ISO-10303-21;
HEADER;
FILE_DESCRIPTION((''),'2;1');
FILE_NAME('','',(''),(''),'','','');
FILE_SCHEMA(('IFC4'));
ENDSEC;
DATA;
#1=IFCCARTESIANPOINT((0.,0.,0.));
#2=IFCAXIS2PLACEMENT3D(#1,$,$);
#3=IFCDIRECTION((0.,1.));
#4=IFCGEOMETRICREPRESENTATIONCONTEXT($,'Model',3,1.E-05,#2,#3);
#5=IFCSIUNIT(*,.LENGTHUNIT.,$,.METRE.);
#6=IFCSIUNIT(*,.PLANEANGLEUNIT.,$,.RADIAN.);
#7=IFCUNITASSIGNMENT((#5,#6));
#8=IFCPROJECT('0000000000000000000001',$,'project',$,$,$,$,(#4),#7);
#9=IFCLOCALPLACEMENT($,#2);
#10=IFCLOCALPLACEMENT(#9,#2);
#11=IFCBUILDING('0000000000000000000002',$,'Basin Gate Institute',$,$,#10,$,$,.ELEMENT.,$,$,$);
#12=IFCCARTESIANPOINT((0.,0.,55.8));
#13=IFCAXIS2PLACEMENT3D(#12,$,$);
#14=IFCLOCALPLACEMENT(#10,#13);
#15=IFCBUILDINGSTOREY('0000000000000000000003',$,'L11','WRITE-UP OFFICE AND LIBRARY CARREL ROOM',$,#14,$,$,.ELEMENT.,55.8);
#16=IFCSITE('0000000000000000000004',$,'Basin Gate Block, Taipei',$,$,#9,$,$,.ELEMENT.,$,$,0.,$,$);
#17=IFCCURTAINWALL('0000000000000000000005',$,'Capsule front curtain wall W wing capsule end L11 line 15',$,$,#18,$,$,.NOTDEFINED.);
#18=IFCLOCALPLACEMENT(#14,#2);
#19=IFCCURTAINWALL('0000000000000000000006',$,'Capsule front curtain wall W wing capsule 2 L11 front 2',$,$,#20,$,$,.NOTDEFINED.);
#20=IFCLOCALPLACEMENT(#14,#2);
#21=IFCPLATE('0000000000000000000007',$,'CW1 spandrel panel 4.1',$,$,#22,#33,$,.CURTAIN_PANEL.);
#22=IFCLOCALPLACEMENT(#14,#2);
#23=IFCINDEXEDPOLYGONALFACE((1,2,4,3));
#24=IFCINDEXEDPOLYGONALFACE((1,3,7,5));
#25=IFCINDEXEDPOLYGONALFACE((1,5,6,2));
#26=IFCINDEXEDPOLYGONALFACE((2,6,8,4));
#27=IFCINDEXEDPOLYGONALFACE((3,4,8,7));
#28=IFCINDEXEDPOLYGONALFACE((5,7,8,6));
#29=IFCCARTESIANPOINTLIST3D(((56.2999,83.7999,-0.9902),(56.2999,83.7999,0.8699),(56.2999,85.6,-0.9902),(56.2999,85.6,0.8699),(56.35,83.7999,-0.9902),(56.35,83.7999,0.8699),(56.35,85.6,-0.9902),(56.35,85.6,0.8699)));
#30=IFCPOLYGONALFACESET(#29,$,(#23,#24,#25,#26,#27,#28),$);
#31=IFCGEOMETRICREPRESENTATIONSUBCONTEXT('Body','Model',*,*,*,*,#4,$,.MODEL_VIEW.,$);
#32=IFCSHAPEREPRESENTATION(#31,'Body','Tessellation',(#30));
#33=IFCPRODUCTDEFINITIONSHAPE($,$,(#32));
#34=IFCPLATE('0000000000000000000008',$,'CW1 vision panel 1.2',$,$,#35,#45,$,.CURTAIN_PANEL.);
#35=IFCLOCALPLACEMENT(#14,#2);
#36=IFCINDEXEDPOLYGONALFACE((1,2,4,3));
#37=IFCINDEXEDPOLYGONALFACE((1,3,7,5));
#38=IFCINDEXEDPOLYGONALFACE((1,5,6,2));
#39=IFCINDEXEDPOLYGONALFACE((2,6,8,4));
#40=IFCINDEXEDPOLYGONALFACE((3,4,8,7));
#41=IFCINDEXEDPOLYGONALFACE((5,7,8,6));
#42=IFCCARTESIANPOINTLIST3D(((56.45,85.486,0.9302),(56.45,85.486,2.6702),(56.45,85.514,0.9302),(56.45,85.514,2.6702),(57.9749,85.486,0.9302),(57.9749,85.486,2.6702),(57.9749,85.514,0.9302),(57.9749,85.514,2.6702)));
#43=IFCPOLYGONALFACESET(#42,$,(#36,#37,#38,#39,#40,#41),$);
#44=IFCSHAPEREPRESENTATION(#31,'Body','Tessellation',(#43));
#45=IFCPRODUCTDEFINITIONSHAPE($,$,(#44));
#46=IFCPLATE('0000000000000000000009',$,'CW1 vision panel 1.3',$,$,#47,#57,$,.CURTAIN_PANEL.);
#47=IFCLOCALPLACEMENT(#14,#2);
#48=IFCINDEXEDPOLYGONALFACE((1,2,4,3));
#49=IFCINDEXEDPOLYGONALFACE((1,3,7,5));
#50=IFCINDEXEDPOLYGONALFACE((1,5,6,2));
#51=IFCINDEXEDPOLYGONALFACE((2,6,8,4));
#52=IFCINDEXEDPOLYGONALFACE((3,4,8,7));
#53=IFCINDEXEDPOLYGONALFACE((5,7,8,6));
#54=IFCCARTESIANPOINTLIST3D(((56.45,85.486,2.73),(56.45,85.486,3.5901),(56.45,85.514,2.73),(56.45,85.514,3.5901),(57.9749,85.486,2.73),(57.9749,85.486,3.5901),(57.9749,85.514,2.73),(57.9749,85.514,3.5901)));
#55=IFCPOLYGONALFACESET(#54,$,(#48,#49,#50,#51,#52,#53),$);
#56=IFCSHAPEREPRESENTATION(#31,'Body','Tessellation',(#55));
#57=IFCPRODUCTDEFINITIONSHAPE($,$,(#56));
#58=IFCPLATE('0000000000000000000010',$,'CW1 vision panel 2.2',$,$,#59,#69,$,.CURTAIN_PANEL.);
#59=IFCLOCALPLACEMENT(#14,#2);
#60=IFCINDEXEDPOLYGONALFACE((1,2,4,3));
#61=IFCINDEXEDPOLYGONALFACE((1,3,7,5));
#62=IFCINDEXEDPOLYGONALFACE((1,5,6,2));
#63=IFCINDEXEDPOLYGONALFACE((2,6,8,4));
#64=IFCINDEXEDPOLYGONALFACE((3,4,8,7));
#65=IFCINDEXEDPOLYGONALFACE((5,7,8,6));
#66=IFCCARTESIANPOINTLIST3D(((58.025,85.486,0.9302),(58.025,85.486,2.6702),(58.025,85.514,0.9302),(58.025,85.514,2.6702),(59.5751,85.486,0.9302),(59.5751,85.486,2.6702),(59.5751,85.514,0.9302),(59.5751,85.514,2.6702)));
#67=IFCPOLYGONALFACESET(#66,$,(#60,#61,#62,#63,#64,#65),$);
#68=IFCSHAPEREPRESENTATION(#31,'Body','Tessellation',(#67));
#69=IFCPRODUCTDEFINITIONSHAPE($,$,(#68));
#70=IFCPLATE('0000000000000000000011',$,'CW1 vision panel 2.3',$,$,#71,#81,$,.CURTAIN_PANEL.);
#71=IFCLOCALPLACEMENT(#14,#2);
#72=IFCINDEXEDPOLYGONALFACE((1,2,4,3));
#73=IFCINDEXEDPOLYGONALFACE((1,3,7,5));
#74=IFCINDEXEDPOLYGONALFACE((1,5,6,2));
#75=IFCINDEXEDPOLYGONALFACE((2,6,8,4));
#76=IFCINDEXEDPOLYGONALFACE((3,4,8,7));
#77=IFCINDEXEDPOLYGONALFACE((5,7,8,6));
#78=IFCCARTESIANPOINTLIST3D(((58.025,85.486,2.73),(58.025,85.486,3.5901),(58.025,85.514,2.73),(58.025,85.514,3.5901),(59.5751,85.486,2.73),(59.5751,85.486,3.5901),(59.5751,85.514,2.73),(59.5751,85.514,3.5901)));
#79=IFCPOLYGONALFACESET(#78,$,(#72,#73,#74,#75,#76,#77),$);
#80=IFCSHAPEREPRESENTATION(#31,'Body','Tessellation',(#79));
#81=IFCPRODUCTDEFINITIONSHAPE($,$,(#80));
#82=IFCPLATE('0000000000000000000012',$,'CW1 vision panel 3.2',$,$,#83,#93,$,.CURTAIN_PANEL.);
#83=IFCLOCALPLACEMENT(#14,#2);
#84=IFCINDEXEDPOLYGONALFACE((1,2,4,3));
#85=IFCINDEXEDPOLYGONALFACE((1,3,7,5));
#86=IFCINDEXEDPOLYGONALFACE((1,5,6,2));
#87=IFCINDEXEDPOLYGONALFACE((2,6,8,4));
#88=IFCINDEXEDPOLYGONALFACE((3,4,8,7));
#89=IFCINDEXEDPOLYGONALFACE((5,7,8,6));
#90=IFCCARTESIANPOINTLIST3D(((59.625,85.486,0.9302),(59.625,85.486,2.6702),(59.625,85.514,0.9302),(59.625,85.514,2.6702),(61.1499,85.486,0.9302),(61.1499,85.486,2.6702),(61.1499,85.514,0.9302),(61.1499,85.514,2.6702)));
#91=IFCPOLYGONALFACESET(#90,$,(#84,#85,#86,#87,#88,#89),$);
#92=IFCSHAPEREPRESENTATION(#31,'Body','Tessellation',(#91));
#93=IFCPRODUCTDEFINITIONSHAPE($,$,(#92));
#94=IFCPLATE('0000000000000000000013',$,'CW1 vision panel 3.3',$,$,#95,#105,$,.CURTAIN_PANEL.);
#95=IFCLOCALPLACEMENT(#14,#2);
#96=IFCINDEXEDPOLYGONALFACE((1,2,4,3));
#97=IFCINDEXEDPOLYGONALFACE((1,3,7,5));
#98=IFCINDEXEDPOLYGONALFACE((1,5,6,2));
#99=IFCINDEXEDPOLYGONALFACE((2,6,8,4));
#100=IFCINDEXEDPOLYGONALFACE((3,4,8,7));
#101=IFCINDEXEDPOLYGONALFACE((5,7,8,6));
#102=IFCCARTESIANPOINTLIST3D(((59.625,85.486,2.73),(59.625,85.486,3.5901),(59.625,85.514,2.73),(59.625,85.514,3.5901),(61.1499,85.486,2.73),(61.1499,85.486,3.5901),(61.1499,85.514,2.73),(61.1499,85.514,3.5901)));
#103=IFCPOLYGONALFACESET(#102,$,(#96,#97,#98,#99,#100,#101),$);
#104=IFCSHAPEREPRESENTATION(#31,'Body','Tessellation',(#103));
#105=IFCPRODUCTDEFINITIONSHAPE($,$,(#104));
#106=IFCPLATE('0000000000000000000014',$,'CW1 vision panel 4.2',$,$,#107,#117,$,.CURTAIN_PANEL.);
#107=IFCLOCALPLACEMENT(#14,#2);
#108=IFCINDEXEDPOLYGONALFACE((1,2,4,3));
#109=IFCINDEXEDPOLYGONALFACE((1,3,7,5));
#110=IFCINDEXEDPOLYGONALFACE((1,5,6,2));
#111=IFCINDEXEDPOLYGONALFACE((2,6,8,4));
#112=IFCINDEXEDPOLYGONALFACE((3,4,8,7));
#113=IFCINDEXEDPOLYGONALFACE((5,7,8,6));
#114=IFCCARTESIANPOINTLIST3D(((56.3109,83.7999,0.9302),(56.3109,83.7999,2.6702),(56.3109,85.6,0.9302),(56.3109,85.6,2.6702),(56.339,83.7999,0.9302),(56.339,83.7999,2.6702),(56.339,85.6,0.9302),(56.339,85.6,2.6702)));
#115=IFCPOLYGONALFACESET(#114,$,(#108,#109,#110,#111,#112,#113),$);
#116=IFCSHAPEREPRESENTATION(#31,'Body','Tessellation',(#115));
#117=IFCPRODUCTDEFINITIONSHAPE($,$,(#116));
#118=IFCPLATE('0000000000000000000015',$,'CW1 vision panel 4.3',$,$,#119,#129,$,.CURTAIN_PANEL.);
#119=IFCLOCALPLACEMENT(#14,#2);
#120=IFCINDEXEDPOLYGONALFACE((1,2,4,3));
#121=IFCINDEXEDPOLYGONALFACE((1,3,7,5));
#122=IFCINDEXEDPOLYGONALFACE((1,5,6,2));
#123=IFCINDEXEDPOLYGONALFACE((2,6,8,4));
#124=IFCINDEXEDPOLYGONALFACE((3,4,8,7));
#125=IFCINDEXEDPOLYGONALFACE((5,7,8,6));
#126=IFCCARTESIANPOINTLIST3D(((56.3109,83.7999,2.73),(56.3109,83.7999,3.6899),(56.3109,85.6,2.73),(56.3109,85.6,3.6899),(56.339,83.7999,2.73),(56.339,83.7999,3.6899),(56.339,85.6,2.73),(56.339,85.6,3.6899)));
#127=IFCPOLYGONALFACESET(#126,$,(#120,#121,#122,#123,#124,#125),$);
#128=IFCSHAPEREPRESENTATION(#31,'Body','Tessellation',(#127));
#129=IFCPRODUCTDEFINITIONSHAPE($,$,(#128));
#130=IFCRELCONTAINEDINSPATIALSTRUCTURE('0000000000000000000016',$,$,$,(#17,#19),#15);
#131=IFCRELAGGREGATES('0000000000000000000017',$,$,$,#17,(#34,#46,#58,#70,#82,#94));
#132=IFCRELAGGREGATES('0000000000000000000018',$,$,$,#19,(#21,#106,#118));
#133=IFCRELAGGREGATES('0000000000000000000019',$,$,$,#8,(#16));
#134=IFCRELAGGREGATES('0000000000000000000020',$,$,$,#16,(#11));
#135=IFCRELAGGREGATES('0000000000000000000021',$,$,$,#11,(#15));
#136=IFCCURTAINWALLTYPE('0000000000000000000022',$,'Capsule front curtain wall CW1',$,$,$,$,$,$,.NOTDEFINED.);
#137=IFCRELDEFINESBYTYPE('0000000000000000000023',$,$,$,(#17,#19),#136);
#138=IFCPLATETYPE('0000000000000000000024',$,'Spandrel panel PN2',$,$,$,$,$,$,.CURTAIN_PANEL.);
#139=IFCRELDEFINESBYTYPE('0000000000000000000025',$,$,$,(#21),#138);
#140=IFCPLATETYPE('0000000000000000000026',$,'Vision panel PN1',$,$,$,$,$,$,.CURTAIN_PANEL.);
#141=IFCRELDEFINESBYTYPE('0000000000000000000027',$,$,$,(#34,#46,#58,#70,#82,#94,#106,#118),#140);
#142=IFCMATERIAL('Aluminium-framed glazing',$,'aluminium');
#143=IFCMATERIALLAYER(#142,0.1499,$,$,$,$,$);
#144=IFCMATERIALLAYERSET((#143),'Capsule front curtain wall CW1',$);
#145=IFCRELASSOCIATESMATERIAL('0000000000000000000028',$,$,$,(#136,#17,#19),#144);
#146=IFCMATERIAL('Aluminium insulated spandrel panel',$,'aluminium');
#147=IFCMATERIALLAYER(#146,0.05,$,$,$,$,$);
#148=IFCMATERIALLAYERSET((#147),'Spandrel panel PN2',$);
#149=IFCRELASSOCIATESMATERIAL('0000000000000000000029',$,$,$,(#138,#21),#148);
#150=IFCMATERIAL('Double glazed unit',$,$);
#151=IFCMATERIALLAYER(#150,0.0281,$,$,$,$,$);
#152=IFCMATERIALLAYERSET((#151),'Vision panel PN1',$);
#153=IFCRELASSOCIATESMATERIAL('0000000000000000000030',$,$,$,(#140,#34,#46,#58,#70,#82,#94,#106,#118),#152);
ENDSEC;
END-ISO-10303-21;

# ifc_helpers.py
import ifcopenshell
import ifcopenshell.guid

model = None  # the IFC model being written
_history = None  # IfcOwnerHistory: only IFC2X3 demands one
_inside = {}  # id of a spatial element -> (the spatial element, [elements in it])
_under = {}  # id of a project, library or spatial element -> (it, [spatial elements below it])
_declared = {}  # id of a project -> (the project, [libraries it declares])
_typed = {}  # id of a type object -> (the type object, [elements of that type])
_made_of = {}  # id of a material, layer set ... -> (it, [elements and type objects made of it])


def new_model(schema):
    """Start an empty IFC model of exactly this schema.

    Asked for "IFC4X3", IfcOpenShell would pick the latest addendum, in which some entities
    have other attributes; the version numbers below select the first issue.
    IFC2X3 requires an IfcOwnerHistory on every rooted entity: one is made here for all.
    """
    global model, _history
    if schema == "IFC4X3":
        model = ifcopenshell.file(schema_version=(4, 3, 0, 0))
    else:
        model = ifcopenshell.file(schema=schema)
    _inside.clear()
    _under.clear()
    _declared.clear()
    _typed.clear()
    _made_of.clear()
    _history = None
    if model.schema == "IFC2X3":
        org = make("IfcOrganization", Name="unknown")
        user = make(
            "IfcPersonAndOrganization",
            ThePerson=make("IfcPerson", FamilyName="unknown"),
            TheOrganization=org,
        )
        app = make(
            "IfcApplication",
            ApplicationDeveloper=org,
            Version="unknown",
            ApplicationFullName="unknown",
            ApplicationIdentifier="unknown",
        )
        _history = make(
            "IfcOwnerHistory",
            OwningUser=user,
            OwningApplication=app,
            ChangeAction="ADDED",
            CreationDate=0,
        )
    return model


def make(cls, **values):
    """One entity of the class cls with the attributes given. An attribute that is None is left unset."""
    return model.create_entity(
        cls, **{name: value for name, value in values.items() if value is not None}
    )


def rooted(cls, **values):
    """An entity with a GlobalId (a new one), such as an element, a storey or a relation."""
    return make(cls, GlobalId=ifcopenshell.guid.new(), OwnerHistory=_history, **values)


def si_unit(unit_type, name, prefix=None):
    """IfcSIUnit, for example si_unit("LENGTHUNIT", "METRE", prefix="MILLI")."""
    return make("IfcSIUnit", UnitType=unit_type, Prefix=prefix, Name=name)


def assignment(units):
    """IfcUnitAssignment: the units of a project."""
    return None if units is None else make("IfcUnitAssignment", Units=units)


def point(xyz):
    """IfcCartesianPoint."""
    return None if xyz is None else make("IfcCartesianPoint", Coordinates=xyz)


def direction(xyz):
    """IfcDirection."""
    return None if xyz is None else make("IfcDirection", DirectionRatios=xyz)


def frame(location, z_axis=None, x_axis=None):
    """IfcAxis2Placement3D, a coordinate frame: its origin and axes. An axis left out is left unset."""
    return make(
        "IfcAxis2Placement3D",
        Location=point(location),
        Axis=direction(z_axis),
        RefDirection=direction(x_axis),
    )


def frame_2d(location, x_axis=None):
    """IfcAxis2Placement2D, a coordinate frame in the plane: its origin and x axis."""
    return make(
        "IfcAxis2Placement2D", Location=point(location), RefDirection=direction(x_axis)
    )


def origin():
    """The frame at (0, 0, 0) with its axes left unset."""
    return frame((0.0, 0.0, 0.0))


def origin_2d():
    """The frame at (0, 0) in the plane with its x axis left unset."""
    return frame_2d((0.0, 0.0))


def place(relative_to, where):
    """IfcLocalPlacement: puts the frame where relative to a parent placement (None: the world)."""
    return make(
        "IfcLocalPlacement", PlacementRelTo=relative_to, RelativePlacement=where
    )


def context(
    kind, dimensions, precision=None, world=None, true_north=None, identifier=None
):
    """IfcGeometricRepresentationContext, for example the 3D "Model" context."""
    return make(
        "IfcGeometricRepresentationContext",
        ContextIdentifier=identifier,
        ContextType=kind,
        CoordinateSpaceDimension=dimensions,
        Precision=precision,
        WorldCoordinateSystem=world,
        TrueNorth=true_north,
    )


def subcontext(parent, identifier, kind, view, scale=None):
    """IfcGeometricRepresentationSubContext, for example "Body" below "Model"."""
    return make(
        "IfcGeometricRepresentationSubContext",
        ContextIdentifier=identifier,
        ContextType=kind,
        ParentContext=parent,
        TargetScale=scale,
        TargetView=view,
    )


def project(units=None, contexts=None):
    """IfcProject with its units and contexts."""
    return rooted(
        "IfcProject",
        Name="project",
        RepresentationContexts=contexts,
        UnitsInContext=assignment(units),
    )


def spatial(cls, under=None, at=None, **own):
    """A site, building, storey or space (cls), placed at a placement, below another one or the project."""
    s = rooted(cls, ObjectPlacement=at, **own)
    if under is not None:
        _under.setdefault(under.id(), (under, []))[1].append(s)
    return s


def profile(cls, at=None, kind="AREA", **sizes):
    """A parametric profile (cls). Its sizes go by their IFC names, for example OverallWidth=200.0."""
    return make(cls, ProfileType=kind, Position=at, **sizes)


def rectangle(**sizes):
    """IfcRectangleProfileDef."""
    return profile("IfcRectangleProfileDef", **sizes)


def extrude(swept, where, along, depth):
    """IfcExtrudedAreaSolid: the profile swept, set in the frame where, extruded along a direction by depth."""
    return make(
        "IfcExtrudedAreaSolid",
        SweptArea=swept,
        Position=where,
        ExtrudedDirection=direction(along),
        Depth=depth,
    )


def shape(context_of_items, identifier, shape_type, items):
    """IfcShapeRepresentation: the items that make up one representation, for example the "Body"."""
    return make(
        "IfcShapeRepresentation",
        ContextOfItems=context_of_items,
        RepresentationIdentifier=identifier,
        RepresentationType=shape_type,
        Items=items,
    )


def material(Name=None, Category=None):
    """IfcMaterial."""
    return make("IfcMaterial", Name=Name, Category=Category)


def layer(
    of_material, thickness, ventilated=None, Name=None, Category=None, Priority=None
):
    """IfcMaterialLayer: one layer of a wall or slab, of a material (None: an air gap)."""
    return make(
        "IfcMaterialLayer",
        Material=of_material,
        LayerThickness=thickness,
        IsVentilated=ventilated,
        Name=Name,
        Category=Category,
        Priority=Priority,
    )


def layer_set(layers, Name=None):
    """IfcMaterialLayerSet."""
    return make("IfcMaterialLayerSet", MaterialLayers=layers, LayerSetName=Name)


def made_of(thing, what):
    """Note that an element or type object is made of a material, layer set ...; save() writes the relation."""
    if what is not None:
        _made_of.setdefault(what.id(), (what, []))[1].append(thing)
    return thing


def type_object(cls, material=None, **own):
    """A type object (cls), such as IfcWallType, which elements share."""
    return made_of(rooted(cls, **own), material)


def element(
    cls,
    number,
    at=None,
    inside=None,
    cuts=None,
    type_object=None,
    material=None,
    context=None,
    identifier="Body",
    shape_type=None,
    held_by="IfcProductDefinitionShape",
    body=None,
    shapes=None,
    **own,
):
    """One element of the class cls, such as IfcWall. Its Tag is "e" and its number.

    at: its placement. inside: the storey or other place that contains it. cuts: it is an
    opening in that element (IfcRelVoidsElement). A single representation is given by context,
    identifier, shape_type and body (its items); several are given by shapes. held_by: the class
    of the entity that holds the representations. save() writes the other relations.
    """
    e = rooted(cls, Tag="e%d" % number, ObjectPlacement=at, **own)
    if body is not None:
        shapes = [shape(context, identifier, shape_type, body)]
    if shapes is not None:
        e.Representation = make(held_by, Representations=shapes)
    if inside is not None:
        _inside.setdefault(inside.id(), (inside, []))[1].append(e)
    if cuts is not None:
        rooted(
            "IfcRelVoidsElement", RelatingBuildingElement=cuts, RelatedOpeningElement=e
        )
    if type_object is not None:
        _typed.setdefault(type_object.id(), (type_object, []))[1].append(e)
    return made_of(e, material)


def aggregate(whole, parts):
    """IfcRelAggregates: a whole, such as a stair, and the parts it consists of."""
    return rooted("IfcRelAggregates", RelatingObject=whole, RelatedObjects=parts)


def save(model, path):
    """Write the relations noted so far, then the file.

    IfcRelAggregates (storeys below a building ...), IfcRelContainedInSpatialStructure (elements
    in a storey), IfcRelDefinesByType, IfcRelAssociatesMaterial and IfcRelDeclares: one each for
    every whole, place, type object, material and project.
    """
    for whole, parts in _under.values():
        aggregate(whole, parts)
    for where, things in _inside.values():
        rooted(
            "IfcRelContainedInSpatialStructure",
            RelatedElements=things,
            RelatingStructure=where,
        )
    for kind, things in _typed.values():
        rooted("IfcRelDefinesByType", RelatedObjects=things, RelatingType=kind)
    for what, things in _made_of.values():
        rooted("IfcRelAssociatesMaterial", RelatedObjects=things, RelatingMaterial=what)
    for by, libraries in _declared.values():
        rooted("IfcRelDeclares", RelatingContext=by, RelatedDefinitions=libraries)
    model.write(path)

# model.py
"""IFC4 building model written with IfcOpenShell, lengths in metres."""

from ifc_helpers import new_model, si_unit, direction, frame, origin, origin_2d, place, context, subcontext, project, spatial, rectangle, extrude, material, layer, layer_set, type_object, element, aggregate, save


model = new_model("IFC4")

# Units and contexts
model_context = context("Model", 3, precision=1e-05, world=origin(), true_north=direction((0.0, 1.0)))
body_context = subcontext(model_context, "Body", "Model", "MODEL_VIEW")
ifc_project = project(units=[si_unit("LENGTHUNIT", "METRE"), si_unit("PLANEANGLEUNIT", "RADIAN")], contexts=[model_context])

# Site, building, storey
site_placement = place(None, origin())
site = spatial("IfcSite", under=ifc_project, at=site_placement, Name="Basin Gate Block, Taipei", CompositionType="ELEMENT", RefElevation=0.0)
building_placement = place(site_placement, origin())
building = spatial("IfcBuilding", under=site, at=building_placement, Name="Basin Gate Institute", CompositionType="ELEMENT")
storey_placement = place(building_placement, frame((0.0, 0.0, 55.8)))
storey = spatial("IfcBuildingStorey", under=building, at=storey_placement, Name="L11", Description="WRITE-UP OFFICE AND LIBRARY CARREL ROOM", CompositionType="ELEMENT", Elevation=55.8)

# Curtain wall
ifc_material_1 = material(Name="Aluminium-framed glazing", Category="aluminium")
ifc_layer_1 = layer(ifc_material_1, 0.1499)
ifc_layer_set_1 = layer_set([ifc_layer_1], Name="Capsule front curtain wall CW1")
curtain_wall_type = type_object("IfcCurtainWallType", Name="Capsule front curtain wall CW1", PredefinedType="NOTDEFINED", material=ifc_layer_set_1)
curtain_wall_1_placement = place(storey_placement, origin())
curtain_wall_1 = element("IfcCurtainWall", 1, at=curtain_wall_1_placement, inside=storey, type_object=curtain_wall_type, material=ifc_layer_set_1, Name="Capsule front curtain wall W wing capsule end L11 line 15", PredefinedType="NOTDEFINED")

# Curtain wall
curtain_wall_2_placement = place(storey_placement, origin())
curtain_wall_2 = element("IfcCurtainWall", 2, at=curtain_wall_2_placement, inside=storey, type_object=curtain_wall_type, material=ifc_layer_set_1, Name="Capsule front curtain wall W wing capsule 2 L11 front 2", PredefinedType="NOTDEFINED")

# Plates
ifc_material_2 = material(Name="Aluminium insulated spandrel panel", Category="aluminium")
ifc_layer_2 = layer(ifc_material_2, 0.05)
ifc_layer_set_2 = layer_set([ifc_layer_2], Name="Spandrel panel PN2")
plate_type_1 = type_object("IfcPlateType", Name="Spandrel panel PN2", PredefinedType="CURTAIN_PANEL", material=ifc_layer_set_2)
plate_1_placement = place(storey_placement, frame((56.325, 84.7, -0.9902), z_axis=(0.0, 0.0, 1.0), x_axis=(0.0, 1.0, 0.0)))
plate_1 = element("IfcPlate", 3, at=plate_1_placement, type_object=plate_type_1, material=ifc_layer_set_2, Name="CW1 spandrel panel 4.1", PredefinedType="CURTAIN_PANEL", context=body_context, shape_type="SweptSolid", body=[
    extrude(rectangle(XDim=1.8, YDim=0.05, at=origin_2d()), origin(), (0.0, 0.0, 1.0), 1.8601),
])
ifc_material_3 = material(Name="Double glazed unit")
ifc_layer_3 = layer(ifc_material_3, 0.0281)
ifc_layer_set_3 = layer_set([ifc_layer_3], Name="Vision panel PN1")
plate_type_2 = type_object("IfcPlateType", Name="Vision panel PN1", PredefinedType="CURTAIN_PANEL", material=ifc_layer_set_3)
plate_2_placement = place(storey_placement, frame((57.2124, 85.5, 0.9302), z_axis=(0.0, 0.0, 1.0), x_axis=(1.0, 0.0, 0.0)))
plate_2 = element("IfcPlate", 4, at=plate_2_placement, type_object=plate_type_2, material=ifc_layer_set_3, Name="CW1 vision panel 1.2", PredefinedType="CURTAIN_PANEL", context=body_context, shape_type="SweptSolid", body=[
    extrude(rectangle(XDim=1.5249, YDim=0.0281, at=origin_2d()), origin(), (0.0, 0.0, 1.0), 1.74),
])
plate_3_placement = place(storey_placement, frame((57.2124, 85.5, 2.73), z_axis=(0.0, 0.0, 1.0), x_axis=(1.0, 0.0, 0.0)))
plate_3 = element("IfcPlate", 5, at=plate_3_placement, type_object=plate_type_2, material=ifc_layer_set_3, Name="CW1 vision panel 1.3", PredefinedType="CURTAIN_PANEL", context=body_context, shape_type="SweptSolid", body=[
    extrude(rectangle(XDim=1.5249, YDim=0.0281, at=origin_2d()), origin(), (0.0, 0.0, 1.0), 0.8601),
])
plate_4_placement = place(storey_placement, frame((58.8, 85.5, 0.9302), z_axis=(0.0, 0.0, 1.0), x_axis=(1.0, 0.0, 0.0)))
plate_4 = element("IfcPlate", 6, at=plate_4_placement, type_object=plate_type_2, material=ifc_layer_set_3, Name="CW1 vision panel 2.2", PredefinedType="CURTAIN_PANEL", context=body_context, shape_type="SweptSolid", body=[
    extrude(rectangle(XDim=1.55, YDim=0.0281, at=origin_2d()), origin(), (0.0, 0.0, 1.0), 1.74),
])
plate_5_placement = place(storey_placement, frame((58.8, 85.5, 2.73), z_axis=(0.0, 0.0, 1.0), x_axis=(1.0, 0.0, 0.0)))
plate_5 = element("IfcPlate", 7, at=plate_5_placement, type_object=plate_type_2, material=ifc_layer_set_3, Name="CW1 vision panel 2.3", PredefinedType="CURTAIN_PANEL", context=body_context, shape_type="SweptSolid", body=[
    extrude(rectangle(XDim=1.55, YDim=0.0281, at=origin_2d()), origin(), (0.0, 0.0, 1.0), 0.8601),
])
plate_6_placement = place(storey_placement, frame((60.3875, 85.5, 0.9302), z_axis=(0.0, 0.0, 1.0), x_axis=(1.0, 0.0, 0.0)))
plate_6 = element("IfcPlate", 8, at=plate_6_placement, type_object=plate_type_2, material=ifc_layer_set_3, Name="CW1 vision panel 3.2", PredefinedType="CURTAIN_PANEL", context=body_context, shape_type="SweptSolid", body=[
    extrude(rectangle(XDim=1.5249, YDim=0.0281, at=origin_2d()), origin(), (0.0, 0.0, 1.0), 1.74),
])
plate_7_placement = place(storey_placement, frame((60.3875, 85.5, 2.73), z_axis=(0.0, 0.0, 1.0), x_axis=(1.0, 0.0, 0.0)))
plate_7 = element("IfcPlate", 9, at=plate_7_placement, type_object=plate_type_2, material=ifc_layer_set_3, Name="CW1 vision panel 3.3", PredefinedType="CURTAIN_PANEL", context=body_context, shape_type="SweptSolid", body=[
    extrude(rectangle(XDim=1.5249, YDim=0.0281, at=origin_2d()), origin(), (0.0, 0.0, 1.0), 0.8601),
])
aggregate(curtain_wall_1, [plate_2, plate_3, plate_4, plate_5, plate_6, plate_7])
plate_8_placement = place(storey_placement, frame((56.325, 84.7, 0.9302), z_axis=(0.0, 0.0, 1.0), x_axis=(0.0, 1.0, 0.0)))
plate_8 = element("IfcPlate", 10, at=plate_8_placement, type_object=plate_type_2, material=ifc_layer_set_3, Name="CW1 vision panel 4.2", PredefinedType="CURTAIN_PANEL", context=body_context, shape_type="SweptSolid", body=[
    extrude(rectangle(XDim=1.8, YDim=0.0281, at=origin_2d()), origin(), (0.0, 0.0, 1.0), 1.74),
])
plate_9_placement = place(storey_placement, frame((56.325, 84.7, 2.73), z_axis=(0.0, 0.0, 1.0), x_axis=(0.0, 1.0, 0.0)))
plate_9 = element("IfcPlate", 11, at=plate_9_placement, type_object=plate_type_2, material=ifc_layer_set_3, Name="CW1 vision panel 4.3", PredefinedType="CURTAIN_PANEL", context=body_context, shape_type="SweptSolid", body=[
    extrude(rectangle(XDim=1.8, YDim=0.0281, at=origin_2d()), origin(), (0.0, 0.0, 1.0), 0.96),
])
aggregate(curtain_wall_2, [plate_1, plate_8, plate_9])

save(model, "model.ifc")
